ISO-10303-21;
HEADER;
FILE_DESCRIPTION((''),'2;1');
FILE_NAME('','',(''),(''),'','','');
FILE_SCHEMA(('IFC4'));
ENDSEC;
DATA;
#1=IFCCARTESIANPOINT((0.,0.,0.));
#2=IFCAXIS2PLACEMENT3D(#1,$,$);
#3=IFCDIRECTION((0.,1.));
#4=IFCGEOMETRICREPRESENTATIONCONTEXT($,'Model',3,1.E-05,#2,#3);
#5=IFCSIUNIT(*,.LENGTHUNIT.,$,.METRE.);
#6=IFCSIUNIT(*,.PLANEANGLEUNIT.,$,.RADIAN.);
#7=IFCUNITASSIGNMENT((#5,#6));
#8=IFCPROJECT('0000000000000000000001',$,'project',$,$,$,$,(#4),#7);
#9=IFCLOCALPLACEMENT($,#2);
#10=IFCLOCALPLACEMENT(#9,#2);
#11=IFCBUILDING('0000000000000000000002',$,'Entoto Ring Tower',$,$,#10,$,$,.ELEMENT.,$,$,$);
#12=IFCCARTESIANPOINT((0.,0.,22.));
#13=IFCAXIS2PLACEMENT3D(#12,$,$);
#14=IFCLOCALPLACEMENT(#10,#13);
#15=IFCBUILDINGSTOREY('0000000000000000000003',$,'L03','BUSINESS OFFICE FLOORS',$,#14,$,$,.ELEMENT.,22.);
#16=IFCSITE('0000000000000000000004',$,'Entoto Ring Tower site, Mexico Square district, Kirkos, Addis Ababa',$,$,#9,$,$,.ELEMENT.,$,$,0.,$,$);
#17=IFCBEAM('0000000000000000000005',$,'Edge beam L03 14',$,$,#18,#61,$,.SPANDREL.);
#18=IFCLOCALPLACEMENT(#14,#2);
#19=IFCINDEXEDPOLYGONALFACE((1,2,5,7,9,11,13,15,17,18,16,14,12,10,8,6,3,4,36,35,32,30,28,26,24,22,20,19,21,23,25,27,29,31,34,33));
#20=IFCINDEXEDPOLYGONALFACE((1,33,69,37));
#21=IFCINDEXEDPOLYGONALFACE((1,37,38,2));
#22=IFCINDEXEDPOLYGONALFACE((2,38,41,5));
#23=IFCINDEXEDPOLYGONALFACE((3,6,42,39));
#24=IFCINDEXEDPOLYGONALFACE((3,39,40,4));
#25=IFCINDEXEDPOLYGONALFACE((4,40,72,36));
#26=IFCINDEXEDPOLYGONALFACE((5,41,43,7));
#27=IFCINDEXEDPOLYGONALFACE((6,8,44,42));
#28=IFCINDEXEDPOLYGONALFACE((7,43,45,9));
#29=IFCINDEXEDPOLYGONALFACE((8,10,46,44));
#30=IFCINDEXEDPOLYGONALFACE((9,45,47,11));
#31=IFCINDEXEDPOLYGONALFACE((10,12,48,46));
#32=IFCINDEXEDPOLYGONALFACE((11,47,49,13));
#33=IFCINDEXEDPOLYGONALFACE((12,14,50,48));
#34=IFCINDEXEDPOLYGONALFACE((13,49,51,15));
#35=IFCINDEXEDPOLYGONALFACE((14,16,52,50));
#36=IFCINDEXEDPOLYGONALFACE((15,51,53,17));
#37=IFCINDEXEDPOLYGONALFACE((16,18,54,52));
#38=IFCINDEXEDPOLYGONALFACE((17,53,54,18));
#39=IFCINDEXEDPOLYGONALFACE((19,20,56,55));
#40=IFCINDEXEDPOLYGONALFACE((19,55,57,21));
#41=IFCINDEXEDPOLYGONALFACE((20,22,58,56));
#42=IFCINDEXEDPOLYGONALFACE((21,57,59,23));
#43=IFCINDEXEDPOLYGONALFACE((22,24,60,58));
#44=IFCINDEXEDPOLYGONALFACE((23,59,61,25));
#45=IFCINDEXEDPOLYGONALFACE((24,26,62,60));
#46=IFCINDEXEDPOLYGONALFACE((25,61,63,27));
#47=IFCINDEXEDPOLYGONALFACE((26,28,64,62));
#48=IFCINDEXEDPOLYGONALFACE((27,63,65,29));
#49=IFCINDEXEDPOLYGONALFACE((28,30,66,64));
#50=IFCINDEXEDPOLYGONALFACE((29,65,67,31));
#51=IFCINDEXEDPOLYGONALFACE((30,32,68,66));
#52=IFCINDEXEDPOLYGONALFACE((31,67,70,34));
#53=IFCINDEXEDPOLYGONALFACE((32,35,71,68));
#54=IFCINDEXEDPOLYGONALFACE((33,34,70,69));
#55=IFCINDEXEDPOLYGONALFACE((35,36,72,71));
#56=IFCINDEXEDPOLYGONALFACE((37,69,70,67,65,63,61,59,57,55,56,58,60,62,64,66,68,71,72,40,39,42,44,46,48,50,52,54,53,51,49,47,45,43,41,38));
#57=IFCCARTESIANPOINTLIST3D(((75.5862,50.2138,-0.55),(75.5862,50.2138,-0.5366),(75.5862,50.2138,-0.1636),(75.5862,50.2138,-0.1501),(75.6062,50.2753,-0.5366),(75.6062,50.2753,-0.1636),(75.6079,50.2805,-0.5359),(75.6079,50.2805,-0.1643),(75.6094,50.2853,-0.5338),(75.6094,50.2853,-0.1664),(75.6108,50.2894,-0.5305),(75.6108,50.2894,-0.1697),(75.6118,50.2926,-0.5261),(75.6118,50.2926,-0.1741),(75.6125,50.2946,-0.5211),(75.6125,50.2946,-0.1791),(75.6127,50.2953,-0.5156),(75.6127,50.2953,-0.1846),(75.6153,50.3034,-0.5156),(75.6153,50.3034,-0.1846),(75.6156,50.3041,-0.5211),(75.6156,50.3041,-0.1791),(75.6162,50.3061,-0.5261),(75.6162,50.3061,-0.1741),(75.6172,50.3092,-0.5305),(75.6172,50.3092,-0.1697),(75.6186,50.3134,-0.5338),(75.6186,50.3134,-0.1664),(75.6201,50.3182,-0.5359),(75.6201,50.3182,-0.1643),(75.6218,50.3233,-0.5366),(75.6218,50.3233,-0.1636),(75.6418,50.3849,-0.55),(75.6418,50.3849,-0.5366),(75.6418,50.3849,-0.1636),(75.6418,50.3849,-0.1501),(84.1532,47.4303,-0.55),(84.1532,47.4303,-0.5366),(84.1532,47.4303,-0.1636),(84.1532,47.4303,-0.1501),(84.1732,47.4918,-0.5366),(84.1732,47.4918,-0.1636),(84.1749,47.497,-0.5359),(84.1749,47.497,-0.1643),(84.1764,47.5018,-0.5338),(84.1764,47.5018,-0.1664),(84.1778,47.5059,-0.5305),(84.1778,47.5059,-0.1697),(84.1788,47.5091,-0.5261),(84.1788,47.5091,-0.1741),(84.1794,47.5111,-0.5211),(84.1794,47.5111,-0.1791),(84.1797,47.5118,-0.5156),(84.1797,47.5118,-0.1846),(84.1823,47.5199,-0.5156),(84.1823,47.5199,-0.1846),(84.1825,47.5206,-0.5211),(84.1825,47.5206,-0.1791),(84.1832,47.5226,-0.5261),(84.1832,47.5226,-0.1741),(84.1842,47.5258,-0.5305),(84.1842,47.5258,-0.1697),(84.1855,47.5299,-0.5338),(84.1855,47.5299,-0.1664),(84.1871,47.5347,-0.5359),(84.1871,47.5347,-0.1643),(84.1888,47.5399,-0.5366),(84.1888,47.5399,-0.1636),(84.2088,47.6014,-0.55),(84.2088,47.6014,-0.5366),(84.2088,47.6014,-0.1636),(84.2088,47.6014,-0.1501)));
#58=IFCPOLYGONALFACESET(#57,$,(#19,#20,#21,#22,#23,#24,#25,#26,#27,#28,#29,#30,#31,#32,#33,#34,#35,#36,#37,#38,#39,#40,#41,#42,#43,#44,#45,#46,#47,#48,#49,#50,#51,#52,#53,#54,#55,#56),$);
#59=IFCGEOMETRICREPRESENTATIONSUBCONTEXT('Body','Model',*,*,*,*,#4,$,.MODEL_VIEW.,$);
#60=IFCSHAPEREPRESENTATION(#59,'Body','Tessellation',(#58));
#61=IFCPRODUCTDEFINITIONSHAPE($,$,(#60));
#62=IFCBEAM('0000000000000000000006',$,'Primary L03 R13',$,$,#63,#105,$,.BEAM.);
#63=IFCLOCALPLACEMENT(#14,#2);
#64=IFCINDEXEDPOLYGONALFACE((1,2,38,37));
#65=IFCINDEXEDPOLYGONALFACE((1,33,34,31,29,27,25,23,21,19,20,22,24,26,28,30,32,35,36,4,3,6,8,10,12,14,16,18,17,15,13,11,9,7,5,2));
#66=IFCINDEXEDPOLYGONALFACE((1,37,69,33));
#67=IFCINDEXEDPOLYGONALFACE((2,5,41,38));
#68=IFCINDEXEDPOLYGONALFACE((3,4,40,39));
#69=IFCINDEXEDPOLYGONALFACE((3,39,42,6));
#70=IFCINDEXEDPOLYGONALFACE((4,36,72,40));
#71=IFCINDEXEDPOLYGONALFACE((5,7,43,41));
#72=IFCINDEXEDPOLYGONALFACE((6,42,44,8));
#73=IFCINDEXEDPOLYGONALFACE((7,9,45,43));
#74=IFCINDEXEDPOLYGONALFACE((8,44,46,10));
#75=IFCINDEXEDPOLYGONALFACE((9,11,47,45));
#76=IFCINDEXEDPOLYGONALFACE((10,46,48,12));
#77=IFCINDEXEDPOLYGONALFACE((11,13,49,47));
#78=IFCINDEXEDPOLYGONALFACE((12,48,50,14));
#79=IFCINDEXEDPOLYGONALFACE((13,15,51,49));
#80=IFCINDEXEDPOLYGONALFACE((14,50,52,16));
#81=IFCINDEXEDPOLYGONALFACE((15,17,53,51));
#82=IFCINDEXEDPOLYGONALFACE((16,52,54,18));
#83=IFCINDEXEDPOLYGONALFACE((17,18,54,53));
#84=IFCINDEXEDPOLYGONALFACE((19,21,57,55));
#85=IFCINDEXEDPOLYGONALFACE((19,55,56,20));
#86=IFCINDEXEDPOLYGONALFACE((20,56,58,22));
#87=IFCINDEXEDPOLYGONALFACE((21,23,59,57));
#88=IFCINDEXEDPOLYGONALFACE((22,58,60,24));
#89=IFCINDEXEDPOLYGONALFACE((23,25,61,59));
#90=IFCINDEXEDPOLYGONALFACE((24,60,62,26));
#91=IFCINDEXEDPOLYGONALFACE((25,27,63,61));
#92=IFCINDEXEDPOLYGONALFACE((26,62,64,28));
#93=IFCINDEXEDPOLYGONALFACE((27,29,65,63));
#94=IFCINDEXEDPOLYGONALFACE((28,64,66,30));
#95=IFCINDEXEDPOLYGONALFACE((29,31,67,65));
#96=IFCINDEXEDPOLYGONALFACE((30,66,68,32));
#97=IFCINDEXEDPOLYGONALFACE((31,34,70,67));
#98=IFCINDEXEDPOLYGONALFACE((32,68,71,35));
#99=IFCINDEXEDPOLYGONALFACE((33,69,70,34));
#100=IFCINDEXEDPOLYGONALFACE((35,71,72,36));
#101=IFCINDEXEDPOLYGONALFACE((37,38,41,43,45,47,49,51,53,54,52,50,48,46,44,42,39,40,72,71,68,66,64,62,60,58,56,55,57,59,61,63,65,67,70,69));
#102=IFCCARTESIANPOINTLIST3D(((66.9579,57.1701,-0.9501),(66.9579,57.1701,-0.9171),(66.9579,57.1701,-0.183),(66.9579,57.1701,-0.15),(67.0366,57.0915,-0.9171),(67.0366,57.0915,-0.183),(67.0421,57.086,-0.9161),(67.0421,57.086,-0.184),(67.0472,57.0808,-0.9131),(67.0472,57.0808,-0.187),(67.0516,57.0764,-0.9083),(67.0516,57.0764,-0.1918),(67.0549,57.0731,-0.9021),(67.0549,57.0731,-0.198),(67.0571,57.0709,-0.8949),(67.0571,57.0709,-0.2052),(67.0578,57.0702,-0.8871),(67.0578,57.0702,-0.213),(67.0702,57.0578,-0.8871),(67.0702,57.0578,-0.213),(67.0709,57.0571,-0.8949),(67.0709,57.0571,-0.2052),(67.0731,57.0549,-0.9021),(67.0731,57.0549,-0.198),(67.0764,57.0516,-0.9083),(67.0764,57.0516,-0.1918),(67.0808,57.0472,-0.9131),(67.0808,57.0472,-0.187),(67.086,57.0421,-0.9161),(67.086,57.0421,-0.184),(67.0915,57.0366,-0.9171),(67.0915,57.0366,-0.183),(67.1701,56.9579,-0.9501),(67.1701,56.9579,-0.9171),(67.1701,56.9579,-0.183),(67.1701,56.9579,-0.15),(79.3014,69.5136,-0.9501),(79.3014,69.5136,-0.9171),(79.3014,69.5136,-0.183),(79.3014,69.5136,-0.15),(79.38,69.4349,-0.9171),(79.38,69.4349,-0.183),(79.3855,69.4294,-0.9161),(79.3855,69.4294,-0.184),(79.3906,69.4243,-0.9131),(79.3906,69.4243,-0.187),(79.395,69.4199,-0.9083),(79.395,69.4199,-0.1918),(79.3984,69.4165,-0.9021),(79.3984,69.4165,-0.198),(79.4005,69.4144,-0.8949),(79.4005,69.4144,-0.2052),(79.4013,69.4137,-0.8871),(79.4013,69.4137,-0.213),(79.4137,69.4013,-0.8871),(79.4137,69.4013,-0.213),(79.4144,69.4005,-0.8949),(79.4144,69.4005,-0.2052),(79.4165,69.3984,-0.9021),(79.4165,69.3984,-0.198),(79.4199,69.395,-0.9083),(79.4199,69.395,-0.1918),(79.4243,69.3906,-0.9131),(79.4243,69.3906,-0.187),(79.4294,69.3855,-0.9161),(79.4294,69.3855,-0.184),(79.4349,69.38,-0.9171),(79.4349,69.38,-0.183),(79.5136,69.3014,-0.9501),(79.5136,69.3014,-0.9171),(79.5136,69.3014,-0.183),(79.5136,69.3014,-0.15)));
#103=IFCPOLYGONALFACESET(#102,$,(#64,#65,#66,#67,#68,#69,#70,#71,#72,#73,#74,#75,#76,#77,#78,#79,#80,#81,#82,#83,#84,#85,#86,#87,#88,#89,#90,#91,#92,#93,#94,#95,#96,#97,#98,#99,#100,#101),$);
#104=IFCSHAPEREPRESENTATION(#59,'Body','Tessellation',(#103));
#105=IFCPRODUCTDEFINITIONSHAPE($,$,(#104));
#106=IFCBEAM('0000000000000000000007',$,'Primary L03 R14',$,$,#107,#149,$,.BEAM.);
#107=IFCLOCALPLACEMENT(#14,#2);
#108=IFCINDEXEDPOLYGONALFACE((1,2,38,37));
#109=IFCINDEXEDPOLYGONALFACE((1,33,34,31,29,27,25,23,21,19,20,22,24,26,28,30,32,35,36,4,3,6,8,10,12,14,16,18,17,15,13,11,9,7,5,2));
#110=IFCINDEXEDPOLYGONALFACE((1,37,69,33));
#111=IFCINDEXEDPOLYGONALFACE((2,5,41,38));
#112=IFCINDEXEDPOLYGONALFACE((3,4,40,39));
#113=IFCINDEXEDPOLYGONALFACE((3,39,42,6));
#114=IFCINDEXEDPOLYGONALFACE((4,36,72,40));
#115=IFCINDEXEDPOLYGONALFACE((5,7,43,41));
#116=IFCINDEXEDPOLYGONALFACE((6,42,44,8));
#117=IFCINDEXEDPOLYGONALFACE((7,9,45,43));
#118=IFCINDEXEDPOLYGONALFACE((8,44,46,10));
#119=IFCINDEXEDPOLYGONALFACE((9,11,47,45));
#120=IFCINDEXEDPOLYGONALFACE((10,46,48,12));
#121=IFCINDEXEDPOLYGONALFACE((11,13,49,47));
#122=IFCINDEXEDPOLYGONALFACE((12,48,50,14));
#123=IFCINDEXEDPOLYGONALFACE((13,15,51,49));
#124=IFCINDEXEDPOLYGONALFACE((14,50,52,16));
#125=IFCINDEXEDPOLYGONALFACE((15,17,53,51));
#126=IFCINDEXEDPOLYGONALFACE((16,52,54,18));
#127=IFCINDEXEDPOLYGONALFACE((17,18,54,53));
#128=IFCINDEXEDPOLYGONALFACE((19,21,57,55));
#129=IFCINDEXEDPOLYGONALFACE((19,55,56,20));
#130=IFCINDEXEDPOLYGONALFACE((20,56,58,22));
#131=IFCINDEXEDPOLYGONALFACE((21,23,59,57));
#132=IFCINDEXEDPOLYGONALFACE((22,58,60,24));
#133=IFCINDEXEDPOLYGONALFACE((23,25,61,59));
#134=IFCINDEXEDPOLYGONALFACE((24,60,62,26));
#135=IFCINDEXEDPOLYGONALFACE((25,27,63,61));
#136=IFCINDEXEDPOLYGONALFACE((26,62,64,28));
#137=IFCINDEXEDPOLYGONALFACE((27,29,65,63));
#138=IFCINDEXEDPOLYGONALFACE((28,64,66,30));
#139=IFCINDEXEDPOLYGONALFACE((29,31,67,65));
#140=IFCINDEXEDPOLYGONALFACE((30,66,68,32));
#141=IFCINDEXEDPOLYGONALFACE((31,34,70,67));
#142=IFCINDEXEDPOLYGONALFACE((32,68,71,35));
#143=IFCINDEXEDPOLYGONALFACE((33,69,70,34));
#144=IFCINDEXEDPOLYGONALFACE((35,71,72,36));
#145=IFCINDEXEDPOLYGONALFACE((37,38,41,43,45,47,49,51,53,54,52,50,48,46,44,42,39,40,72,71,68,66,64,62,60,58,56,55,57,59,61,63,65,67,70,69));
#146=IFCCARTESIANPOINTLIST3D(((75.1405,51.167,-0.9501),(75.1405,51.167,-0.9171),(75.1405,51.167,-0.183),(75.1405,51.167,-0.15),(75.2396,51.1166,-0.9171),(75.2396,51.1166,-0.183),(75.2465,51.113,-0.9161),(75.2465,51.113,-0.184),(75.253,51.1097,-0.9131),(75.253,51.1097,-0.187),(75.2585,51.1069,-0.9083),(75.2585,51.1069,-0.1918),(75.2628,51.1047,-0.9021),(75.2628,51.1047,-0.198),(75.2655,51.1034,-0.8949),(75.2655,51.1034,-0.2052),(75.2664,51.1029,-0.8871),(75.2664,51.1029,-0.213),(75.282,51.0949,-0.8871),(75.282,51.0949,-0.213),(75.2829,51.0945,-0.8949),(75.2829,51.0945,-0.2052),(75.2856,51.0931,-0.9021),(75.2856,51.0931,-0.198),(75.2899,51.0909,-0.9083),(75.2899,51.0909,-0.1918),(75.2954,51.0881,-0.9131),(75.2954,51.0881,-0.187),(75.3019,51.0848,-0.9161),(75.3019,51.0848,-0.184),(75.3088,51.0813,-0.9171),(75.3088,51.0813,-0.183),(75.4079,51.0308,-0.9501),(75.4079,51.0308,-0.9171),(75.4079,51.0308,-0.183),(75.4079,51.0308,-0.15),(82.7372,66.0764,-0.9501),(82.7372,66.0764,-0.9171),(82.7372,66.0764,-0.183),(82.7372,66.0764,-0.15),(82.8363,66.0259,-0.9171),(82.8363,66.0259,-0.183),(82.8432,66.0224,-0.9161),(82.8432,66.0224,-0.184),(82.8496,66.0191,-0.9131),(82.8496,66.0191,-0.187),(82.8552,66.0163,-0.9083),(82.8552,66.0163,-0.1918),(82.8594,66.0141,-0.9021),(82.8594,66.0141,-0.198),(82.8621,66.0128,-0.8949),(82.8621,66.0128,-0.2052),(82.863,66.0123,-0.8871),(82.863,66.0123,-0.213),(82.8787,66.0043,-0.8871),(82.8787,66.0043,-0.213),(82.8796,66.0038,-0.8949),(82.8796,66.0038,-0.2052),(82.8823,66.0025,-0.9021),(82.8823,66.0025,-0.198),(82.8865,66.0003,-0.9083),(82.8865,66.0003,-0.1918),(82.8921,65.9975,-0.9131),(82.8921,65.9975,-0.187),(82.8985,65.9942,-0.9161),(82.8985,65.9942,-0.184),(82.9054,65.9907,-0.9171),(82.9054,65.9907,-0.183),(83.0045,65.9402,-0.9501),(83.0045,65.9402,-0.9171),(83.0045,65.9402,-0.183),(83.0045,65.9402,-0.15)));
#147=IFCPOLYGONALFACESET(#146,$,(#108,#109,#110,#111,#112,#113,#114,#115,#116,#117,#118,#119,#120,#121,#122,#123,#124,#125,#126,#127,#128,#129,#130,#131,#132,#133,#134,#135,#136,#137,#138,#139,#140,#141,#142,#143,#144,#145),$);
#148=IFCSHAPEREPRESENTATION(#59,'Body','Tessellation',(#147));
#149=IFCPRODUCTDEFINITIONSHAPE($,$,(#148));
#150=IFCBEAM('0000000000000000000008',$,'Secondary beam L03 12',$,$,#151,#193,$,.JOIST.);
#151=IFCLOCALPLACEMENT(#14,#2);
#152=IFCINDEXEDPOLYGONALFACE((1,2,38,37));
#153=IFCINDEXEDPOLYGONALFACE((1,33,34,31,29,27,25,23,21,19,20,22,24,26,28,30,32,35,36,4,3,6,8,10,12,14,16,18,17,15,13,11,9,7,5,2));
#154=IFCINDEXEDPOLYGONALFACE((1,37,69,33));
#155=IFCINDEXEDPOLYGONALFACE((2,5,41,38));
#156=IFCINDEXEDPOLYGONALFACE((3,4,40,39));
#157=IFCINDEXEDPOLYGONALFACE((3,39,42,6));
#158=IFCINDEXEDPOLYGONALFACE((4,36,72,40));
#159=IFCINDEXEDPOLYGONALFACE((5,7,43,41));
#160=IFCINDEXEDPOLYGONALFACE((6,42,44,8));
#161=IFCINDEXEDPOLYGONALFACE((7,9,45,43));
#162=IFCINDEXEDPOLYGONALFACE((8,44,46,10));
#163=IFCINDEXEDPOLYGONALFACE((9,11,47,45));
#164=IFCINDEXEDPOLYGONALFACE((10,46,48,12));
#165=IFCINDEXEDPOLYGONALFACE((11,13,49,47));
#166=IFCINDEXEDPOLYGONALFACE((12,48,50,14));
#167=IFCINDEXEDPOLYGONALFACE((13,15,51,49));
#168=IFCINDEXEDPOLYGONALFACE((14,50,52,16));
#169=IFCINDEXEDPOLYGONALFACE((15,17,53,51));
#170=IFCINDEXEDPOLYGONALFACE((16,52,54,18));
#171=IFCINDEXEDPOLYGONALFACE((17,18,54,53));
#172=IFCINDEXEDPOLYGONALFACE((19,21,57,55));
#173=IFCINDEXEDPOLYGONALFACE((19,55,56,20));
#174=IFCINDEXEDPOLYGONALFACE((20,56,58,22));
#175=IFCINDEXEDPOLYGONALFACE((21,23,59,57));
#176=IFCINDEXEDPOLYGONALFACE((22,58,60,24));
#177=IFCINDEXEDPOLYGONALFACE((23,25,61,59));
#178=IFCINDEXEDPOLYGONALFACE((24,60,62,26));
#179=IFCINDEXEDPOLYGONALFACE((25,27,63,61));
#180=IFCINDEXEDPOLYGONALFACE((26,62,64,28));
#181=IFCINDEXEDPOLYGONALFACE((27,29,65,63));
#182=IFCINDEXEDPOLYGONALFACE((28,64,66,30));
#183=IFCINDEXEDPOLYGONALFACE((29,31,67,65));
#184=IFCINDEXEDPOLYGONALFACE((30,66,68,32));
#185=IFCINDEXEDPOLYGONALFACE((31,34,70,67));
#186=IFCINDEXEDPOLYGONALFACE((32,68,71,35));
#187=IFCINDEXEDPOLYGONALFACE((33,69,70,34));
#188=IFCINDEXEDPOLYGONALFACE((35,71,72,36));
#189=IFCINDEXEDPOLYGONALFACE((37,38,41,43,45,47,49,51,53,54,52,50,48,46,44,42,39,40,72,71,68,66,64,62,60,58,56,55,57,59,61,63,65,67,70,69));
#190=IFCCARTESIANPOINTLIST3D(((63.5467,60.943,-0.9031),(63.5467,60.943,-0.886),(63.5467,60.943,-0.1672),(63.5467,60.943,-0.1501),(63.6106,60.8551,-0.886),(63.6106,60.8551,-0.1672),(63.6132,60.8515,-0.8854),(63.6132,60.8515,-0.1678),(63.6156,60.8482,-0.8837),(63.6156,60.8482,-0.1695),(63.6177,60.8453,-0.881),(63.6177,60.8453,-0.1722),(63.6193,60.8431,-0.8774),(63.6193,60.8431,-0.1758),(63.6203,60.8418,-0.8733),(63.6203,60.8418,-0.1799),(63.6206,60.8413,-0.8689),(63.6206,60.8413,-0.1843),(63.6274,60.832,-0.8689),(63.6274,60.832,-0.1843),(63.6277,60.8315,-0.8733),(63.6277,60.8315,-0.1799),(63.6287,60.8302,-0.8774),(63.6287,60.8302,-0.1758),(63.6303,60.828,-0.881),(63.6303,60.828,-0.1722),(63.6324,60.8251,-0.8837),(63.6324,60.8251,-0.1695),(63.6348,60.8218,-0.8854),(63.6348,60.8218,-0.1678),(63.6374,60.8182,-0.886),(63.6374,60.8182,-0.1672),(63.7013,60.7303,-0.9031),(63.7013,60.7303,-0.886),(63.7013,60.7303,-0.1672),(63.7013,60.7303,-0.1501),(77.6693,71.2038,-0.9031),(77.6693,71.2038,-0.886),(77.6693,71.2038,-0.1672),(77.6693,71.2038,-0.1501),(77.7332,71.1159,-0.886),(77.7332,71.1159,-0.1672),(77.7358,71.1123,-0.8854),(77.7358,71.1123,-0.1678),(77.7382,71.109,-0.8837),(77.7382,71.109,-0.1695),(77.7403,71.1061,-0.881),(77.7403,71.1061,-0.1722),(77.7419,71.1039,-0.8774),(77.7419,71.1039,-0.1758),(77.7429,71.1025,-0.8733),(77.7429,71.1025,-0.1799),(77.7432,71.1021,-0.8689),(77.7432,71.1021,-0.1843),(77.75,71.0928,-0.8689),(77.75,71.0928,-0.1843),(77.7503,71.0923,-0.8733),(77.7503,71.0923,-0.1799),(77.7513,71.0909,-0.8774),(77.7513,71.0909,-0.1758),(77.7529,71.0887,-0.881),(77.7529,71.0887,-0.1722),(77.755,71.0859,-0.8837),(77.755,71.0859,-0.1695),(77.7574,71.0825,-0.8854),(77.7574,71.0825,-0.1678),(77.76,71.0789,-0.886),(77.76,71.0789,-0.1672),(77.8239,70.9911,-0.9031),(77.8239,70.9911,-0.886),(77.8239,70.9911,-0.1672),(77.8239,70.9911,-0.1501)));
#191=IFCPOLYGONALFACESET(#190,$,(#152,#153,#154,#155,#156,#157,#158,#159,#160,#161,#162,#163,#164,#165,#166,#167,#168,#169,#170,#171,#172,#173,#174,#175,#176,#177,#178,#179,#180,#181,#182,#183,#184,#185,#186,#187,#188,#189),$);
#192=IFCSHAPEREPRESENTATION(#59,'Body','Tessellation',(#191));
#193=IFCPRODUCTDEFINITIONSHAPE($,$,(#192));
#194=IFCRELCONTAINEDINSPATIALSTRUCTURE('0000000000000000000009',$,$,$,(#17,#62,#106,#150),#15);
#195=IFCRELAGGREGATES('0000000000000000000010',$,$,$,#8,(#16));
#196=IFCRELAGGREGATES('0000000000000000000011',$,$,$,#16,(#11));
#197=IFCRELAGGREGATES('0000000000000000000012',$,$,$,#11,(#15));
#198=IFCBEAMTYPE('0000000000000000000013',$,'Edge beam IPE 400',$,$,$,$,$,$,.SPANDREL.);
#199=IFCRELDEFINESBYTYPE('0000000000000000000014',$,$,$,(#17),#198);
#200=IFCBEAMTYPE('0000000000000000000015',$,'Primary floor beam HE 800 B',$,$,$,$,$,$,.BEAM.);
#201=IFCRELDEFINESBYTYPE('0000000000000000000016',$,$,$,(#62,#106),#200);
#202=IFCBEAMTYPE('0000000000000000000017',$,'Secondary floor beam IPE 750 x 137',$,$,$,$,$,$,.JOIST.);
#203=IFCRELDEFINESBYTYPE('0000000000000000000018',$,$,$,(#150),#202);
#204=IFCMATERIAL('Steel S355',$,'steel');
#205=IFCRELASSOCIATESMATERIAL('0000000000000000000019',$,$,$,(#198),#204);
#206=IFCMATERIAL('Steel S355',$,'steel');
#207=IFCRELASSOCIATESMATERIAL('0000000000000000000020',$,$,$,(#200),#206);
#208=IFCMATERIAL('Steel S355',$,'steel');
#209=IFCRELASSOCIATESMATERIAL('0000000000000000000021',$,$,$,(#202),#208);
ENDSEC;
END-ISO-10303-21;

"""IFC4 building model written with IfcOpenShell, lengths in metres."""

from ifc_helpers import new_model, si_unit, direction, frame, origin, origin_2d, place, context, subcontext, project, spatial, i_section, extrude, material, material_profile, profile_set, type_object, element, save


model = new_model("IFC4")

# Units and contexts
model_context = context("Model", 3, precision=1e-05, world=origin(), true_north=direction((0.0, 1.0)))
body_context = subcontext(model_context, "Body", "Model", "MODEL_VIEW")
ifc_project = project(units=[si_unit("LENGTHUNIT", "METRE"), si_unit("PLANEANGLEUNIT", "RADIAN")], contexts=[model_context])

# Site, building, storey
site_placement = place(None, origin())
site = spatial("IfcSite", under=ifc_project, at=site_placement, Name="Entoto Ring Tower site, Mexico Square district, Kirkos, Addis Ababa", CompositionType="ELEMENT", RefElevation=0.0)
building_placement = place(site_placement, origin())
building = spatial("IfcBuilding", under=site, at=building_placement, Name="Entoto Ring Tower", CompositionType="ELEMENT")
storey_placement = place(building_placement, frame((0.0, 0.0, 22.0)))
storey = spatial("IfcBuildingStorey", under=building, at=storey_placement, Name="L03", Description="BUSINESS OFFICE FLOORS", CompositionType="ELEMENT", Elevation=22.0)

# Beams
ifc_material_1 = material(Name="Steel S355", Category="steel")
ifc_material_profile_1 = material_profile(ifc_material_1, i_section(OverallWidth=0.1799, OverallDepth=0.3999, WebThickness=0.0085, FlangeThickness=0.0134, FilletRadius=0.021, at=origin_2d()), Name="IPE 400")
ifc_profile_set_1 = profile_set([ifc_material_profile_1], Name="Steel S355")
beam_type_1 = type_object("IfcBeamType", Name="Edge beam IPE 400", PredefinedType="SPANDREL", material=ifc_profile_set_1)
for number, where, z_axis, x_axis, name in (
    (1, (75.614, 50.2993, -0.3501), (0.95106, -0.309006, 0.0), (0.309006, 0.95106, 0.0), "Edge beam L03 14"),
):
    element("IfcBeam", number, at=place(storey_placement, frame(where, z_axis=z_axis, x_axis=x_axis)), inside=storey, type_object=beam_type_1, Name=name, PredefinedType="SPANDREL", context=body_context, shape_type="SweptSolid", body=[
        extrude(i_section(OverallWidth=0.1799, OverallDepth=0.3999, WebThickness=0.0085, FlangeThickness=0.0134, FilletRadius=0.021, at=origin_2d()), origin(), (0.0, 0.0, 1.0), 9.0078),
    ])
ifc_material_2 = material(Name="Steel S355", Category="steel")
ifc_material_profile_2 = material_profile(ifc_material_2, i_section(OverallWidth=0.3, OverallDepth=0.8, WebThickness=0.0176, FlangeThickness=0.033, FilletRadius=0.03, at=origin_2d()), Name="HE 800 B")
ifc_profile_set_2 = profile_set([ifc_material_profile_2], Name="Steel S355")
beam_type_2 = type_object("IfcBeamType", Name="Primary floor beam HE 800 B", PredefinedType="BEAM", material=ifc_profile_set_2)
beam_1_placement = place(storey_placement, frame((79.4075, 69.4075, -0.55), z_axis=(-0.707107, -0.707107, 0.0), x_axis=(0.707107, -0.707107, 0.0)))
element("IfcBeam", 2, at=beam_1_placement, inside=storey, type_object=beam_type_2, Name="Primary L03 R13", PredefinedType="BEAM", context=body_context, shape_type="SweptSolid", body=[
    extrude(i_section(OverallWidth=0.3, OverallDepth=0.8, WebThickness=0.0176, FlangeThickness=0.033, FilletRadius=0.03, at=origin_2d()), origin(), (0.0, 0.0, 1.0), 17.4563),
])
beam_2_placement = place(storey_placement, frame((82.8708, 66.0083, -0.55), z_axis=(-0.453988, -0.891008, 0.0), x_axis=(0.891008, -0.453988, 0.0)))
element("IfcBeam", 3, at=beam_2_placement, inside=storey, type_object=beam_type_2, Name="Primary L03 R14", PredefinedType="BEAM", context=body_context, shape_type="SweptSolid", body=[
    extrude(i_section(OverallWidth=0.3, OverallDepth=0.8, WebThickness=0.0176, FlangeThickness=0.033, FilletRadius=0.03, at=origin_2d()), origin(), (0.0, 0.0, 1.0), 16.7332),
])
ifc_material_3 = material(Name="Steel S355", Category="steel")
ifc_material_profile_3 = material_profile(ifc_material_3, i_section(OverallWidth=0.2629, OverallDepth=0.7529, WebThickness=0.0115, FlangeThickness=0.0171, FilletRadius=0.0171, at=origin_2d()), Name="IPE 750 x 137")
ifc_profile_set_3 = profile_set([ifc_material_profile_3], Name="Steel S355")
beam_type_3 = type_object("IfcBeamType", Name="Secondary floor beam IPE 750 x 137", PredefinedType="JOIST", material=ifc_profile_set_3)
for number, where, z_axis, x_axis, name in (
    (4, (77.7466, 71.0974, -0.5266), (-0.809014, -0.587789, 0.0), (0.587789, -0.809014, 0.0), "Secondary beam L03 12"),
):
    element("IfcBeam", number, at=place(storey_placement, frame(where, z_axis=z_axis, x_axis=x_axis)), inside=storey, type_object=beam_type_3, Name=name, PredefinedType="JOIST", context=body_context, shape_type="SweptSolid", body=[
        extrude(i_section(OverallWidth=0.2629, OverallDepth=0.7529, WebThickness=0.0115, FlangeThickness=0.0171, FilletRadius=0.0171, at=origin_2d()), origin(), (0.0, 0.0, 1.0), 17.4565),
    ])

save(model, "model.ifc")
